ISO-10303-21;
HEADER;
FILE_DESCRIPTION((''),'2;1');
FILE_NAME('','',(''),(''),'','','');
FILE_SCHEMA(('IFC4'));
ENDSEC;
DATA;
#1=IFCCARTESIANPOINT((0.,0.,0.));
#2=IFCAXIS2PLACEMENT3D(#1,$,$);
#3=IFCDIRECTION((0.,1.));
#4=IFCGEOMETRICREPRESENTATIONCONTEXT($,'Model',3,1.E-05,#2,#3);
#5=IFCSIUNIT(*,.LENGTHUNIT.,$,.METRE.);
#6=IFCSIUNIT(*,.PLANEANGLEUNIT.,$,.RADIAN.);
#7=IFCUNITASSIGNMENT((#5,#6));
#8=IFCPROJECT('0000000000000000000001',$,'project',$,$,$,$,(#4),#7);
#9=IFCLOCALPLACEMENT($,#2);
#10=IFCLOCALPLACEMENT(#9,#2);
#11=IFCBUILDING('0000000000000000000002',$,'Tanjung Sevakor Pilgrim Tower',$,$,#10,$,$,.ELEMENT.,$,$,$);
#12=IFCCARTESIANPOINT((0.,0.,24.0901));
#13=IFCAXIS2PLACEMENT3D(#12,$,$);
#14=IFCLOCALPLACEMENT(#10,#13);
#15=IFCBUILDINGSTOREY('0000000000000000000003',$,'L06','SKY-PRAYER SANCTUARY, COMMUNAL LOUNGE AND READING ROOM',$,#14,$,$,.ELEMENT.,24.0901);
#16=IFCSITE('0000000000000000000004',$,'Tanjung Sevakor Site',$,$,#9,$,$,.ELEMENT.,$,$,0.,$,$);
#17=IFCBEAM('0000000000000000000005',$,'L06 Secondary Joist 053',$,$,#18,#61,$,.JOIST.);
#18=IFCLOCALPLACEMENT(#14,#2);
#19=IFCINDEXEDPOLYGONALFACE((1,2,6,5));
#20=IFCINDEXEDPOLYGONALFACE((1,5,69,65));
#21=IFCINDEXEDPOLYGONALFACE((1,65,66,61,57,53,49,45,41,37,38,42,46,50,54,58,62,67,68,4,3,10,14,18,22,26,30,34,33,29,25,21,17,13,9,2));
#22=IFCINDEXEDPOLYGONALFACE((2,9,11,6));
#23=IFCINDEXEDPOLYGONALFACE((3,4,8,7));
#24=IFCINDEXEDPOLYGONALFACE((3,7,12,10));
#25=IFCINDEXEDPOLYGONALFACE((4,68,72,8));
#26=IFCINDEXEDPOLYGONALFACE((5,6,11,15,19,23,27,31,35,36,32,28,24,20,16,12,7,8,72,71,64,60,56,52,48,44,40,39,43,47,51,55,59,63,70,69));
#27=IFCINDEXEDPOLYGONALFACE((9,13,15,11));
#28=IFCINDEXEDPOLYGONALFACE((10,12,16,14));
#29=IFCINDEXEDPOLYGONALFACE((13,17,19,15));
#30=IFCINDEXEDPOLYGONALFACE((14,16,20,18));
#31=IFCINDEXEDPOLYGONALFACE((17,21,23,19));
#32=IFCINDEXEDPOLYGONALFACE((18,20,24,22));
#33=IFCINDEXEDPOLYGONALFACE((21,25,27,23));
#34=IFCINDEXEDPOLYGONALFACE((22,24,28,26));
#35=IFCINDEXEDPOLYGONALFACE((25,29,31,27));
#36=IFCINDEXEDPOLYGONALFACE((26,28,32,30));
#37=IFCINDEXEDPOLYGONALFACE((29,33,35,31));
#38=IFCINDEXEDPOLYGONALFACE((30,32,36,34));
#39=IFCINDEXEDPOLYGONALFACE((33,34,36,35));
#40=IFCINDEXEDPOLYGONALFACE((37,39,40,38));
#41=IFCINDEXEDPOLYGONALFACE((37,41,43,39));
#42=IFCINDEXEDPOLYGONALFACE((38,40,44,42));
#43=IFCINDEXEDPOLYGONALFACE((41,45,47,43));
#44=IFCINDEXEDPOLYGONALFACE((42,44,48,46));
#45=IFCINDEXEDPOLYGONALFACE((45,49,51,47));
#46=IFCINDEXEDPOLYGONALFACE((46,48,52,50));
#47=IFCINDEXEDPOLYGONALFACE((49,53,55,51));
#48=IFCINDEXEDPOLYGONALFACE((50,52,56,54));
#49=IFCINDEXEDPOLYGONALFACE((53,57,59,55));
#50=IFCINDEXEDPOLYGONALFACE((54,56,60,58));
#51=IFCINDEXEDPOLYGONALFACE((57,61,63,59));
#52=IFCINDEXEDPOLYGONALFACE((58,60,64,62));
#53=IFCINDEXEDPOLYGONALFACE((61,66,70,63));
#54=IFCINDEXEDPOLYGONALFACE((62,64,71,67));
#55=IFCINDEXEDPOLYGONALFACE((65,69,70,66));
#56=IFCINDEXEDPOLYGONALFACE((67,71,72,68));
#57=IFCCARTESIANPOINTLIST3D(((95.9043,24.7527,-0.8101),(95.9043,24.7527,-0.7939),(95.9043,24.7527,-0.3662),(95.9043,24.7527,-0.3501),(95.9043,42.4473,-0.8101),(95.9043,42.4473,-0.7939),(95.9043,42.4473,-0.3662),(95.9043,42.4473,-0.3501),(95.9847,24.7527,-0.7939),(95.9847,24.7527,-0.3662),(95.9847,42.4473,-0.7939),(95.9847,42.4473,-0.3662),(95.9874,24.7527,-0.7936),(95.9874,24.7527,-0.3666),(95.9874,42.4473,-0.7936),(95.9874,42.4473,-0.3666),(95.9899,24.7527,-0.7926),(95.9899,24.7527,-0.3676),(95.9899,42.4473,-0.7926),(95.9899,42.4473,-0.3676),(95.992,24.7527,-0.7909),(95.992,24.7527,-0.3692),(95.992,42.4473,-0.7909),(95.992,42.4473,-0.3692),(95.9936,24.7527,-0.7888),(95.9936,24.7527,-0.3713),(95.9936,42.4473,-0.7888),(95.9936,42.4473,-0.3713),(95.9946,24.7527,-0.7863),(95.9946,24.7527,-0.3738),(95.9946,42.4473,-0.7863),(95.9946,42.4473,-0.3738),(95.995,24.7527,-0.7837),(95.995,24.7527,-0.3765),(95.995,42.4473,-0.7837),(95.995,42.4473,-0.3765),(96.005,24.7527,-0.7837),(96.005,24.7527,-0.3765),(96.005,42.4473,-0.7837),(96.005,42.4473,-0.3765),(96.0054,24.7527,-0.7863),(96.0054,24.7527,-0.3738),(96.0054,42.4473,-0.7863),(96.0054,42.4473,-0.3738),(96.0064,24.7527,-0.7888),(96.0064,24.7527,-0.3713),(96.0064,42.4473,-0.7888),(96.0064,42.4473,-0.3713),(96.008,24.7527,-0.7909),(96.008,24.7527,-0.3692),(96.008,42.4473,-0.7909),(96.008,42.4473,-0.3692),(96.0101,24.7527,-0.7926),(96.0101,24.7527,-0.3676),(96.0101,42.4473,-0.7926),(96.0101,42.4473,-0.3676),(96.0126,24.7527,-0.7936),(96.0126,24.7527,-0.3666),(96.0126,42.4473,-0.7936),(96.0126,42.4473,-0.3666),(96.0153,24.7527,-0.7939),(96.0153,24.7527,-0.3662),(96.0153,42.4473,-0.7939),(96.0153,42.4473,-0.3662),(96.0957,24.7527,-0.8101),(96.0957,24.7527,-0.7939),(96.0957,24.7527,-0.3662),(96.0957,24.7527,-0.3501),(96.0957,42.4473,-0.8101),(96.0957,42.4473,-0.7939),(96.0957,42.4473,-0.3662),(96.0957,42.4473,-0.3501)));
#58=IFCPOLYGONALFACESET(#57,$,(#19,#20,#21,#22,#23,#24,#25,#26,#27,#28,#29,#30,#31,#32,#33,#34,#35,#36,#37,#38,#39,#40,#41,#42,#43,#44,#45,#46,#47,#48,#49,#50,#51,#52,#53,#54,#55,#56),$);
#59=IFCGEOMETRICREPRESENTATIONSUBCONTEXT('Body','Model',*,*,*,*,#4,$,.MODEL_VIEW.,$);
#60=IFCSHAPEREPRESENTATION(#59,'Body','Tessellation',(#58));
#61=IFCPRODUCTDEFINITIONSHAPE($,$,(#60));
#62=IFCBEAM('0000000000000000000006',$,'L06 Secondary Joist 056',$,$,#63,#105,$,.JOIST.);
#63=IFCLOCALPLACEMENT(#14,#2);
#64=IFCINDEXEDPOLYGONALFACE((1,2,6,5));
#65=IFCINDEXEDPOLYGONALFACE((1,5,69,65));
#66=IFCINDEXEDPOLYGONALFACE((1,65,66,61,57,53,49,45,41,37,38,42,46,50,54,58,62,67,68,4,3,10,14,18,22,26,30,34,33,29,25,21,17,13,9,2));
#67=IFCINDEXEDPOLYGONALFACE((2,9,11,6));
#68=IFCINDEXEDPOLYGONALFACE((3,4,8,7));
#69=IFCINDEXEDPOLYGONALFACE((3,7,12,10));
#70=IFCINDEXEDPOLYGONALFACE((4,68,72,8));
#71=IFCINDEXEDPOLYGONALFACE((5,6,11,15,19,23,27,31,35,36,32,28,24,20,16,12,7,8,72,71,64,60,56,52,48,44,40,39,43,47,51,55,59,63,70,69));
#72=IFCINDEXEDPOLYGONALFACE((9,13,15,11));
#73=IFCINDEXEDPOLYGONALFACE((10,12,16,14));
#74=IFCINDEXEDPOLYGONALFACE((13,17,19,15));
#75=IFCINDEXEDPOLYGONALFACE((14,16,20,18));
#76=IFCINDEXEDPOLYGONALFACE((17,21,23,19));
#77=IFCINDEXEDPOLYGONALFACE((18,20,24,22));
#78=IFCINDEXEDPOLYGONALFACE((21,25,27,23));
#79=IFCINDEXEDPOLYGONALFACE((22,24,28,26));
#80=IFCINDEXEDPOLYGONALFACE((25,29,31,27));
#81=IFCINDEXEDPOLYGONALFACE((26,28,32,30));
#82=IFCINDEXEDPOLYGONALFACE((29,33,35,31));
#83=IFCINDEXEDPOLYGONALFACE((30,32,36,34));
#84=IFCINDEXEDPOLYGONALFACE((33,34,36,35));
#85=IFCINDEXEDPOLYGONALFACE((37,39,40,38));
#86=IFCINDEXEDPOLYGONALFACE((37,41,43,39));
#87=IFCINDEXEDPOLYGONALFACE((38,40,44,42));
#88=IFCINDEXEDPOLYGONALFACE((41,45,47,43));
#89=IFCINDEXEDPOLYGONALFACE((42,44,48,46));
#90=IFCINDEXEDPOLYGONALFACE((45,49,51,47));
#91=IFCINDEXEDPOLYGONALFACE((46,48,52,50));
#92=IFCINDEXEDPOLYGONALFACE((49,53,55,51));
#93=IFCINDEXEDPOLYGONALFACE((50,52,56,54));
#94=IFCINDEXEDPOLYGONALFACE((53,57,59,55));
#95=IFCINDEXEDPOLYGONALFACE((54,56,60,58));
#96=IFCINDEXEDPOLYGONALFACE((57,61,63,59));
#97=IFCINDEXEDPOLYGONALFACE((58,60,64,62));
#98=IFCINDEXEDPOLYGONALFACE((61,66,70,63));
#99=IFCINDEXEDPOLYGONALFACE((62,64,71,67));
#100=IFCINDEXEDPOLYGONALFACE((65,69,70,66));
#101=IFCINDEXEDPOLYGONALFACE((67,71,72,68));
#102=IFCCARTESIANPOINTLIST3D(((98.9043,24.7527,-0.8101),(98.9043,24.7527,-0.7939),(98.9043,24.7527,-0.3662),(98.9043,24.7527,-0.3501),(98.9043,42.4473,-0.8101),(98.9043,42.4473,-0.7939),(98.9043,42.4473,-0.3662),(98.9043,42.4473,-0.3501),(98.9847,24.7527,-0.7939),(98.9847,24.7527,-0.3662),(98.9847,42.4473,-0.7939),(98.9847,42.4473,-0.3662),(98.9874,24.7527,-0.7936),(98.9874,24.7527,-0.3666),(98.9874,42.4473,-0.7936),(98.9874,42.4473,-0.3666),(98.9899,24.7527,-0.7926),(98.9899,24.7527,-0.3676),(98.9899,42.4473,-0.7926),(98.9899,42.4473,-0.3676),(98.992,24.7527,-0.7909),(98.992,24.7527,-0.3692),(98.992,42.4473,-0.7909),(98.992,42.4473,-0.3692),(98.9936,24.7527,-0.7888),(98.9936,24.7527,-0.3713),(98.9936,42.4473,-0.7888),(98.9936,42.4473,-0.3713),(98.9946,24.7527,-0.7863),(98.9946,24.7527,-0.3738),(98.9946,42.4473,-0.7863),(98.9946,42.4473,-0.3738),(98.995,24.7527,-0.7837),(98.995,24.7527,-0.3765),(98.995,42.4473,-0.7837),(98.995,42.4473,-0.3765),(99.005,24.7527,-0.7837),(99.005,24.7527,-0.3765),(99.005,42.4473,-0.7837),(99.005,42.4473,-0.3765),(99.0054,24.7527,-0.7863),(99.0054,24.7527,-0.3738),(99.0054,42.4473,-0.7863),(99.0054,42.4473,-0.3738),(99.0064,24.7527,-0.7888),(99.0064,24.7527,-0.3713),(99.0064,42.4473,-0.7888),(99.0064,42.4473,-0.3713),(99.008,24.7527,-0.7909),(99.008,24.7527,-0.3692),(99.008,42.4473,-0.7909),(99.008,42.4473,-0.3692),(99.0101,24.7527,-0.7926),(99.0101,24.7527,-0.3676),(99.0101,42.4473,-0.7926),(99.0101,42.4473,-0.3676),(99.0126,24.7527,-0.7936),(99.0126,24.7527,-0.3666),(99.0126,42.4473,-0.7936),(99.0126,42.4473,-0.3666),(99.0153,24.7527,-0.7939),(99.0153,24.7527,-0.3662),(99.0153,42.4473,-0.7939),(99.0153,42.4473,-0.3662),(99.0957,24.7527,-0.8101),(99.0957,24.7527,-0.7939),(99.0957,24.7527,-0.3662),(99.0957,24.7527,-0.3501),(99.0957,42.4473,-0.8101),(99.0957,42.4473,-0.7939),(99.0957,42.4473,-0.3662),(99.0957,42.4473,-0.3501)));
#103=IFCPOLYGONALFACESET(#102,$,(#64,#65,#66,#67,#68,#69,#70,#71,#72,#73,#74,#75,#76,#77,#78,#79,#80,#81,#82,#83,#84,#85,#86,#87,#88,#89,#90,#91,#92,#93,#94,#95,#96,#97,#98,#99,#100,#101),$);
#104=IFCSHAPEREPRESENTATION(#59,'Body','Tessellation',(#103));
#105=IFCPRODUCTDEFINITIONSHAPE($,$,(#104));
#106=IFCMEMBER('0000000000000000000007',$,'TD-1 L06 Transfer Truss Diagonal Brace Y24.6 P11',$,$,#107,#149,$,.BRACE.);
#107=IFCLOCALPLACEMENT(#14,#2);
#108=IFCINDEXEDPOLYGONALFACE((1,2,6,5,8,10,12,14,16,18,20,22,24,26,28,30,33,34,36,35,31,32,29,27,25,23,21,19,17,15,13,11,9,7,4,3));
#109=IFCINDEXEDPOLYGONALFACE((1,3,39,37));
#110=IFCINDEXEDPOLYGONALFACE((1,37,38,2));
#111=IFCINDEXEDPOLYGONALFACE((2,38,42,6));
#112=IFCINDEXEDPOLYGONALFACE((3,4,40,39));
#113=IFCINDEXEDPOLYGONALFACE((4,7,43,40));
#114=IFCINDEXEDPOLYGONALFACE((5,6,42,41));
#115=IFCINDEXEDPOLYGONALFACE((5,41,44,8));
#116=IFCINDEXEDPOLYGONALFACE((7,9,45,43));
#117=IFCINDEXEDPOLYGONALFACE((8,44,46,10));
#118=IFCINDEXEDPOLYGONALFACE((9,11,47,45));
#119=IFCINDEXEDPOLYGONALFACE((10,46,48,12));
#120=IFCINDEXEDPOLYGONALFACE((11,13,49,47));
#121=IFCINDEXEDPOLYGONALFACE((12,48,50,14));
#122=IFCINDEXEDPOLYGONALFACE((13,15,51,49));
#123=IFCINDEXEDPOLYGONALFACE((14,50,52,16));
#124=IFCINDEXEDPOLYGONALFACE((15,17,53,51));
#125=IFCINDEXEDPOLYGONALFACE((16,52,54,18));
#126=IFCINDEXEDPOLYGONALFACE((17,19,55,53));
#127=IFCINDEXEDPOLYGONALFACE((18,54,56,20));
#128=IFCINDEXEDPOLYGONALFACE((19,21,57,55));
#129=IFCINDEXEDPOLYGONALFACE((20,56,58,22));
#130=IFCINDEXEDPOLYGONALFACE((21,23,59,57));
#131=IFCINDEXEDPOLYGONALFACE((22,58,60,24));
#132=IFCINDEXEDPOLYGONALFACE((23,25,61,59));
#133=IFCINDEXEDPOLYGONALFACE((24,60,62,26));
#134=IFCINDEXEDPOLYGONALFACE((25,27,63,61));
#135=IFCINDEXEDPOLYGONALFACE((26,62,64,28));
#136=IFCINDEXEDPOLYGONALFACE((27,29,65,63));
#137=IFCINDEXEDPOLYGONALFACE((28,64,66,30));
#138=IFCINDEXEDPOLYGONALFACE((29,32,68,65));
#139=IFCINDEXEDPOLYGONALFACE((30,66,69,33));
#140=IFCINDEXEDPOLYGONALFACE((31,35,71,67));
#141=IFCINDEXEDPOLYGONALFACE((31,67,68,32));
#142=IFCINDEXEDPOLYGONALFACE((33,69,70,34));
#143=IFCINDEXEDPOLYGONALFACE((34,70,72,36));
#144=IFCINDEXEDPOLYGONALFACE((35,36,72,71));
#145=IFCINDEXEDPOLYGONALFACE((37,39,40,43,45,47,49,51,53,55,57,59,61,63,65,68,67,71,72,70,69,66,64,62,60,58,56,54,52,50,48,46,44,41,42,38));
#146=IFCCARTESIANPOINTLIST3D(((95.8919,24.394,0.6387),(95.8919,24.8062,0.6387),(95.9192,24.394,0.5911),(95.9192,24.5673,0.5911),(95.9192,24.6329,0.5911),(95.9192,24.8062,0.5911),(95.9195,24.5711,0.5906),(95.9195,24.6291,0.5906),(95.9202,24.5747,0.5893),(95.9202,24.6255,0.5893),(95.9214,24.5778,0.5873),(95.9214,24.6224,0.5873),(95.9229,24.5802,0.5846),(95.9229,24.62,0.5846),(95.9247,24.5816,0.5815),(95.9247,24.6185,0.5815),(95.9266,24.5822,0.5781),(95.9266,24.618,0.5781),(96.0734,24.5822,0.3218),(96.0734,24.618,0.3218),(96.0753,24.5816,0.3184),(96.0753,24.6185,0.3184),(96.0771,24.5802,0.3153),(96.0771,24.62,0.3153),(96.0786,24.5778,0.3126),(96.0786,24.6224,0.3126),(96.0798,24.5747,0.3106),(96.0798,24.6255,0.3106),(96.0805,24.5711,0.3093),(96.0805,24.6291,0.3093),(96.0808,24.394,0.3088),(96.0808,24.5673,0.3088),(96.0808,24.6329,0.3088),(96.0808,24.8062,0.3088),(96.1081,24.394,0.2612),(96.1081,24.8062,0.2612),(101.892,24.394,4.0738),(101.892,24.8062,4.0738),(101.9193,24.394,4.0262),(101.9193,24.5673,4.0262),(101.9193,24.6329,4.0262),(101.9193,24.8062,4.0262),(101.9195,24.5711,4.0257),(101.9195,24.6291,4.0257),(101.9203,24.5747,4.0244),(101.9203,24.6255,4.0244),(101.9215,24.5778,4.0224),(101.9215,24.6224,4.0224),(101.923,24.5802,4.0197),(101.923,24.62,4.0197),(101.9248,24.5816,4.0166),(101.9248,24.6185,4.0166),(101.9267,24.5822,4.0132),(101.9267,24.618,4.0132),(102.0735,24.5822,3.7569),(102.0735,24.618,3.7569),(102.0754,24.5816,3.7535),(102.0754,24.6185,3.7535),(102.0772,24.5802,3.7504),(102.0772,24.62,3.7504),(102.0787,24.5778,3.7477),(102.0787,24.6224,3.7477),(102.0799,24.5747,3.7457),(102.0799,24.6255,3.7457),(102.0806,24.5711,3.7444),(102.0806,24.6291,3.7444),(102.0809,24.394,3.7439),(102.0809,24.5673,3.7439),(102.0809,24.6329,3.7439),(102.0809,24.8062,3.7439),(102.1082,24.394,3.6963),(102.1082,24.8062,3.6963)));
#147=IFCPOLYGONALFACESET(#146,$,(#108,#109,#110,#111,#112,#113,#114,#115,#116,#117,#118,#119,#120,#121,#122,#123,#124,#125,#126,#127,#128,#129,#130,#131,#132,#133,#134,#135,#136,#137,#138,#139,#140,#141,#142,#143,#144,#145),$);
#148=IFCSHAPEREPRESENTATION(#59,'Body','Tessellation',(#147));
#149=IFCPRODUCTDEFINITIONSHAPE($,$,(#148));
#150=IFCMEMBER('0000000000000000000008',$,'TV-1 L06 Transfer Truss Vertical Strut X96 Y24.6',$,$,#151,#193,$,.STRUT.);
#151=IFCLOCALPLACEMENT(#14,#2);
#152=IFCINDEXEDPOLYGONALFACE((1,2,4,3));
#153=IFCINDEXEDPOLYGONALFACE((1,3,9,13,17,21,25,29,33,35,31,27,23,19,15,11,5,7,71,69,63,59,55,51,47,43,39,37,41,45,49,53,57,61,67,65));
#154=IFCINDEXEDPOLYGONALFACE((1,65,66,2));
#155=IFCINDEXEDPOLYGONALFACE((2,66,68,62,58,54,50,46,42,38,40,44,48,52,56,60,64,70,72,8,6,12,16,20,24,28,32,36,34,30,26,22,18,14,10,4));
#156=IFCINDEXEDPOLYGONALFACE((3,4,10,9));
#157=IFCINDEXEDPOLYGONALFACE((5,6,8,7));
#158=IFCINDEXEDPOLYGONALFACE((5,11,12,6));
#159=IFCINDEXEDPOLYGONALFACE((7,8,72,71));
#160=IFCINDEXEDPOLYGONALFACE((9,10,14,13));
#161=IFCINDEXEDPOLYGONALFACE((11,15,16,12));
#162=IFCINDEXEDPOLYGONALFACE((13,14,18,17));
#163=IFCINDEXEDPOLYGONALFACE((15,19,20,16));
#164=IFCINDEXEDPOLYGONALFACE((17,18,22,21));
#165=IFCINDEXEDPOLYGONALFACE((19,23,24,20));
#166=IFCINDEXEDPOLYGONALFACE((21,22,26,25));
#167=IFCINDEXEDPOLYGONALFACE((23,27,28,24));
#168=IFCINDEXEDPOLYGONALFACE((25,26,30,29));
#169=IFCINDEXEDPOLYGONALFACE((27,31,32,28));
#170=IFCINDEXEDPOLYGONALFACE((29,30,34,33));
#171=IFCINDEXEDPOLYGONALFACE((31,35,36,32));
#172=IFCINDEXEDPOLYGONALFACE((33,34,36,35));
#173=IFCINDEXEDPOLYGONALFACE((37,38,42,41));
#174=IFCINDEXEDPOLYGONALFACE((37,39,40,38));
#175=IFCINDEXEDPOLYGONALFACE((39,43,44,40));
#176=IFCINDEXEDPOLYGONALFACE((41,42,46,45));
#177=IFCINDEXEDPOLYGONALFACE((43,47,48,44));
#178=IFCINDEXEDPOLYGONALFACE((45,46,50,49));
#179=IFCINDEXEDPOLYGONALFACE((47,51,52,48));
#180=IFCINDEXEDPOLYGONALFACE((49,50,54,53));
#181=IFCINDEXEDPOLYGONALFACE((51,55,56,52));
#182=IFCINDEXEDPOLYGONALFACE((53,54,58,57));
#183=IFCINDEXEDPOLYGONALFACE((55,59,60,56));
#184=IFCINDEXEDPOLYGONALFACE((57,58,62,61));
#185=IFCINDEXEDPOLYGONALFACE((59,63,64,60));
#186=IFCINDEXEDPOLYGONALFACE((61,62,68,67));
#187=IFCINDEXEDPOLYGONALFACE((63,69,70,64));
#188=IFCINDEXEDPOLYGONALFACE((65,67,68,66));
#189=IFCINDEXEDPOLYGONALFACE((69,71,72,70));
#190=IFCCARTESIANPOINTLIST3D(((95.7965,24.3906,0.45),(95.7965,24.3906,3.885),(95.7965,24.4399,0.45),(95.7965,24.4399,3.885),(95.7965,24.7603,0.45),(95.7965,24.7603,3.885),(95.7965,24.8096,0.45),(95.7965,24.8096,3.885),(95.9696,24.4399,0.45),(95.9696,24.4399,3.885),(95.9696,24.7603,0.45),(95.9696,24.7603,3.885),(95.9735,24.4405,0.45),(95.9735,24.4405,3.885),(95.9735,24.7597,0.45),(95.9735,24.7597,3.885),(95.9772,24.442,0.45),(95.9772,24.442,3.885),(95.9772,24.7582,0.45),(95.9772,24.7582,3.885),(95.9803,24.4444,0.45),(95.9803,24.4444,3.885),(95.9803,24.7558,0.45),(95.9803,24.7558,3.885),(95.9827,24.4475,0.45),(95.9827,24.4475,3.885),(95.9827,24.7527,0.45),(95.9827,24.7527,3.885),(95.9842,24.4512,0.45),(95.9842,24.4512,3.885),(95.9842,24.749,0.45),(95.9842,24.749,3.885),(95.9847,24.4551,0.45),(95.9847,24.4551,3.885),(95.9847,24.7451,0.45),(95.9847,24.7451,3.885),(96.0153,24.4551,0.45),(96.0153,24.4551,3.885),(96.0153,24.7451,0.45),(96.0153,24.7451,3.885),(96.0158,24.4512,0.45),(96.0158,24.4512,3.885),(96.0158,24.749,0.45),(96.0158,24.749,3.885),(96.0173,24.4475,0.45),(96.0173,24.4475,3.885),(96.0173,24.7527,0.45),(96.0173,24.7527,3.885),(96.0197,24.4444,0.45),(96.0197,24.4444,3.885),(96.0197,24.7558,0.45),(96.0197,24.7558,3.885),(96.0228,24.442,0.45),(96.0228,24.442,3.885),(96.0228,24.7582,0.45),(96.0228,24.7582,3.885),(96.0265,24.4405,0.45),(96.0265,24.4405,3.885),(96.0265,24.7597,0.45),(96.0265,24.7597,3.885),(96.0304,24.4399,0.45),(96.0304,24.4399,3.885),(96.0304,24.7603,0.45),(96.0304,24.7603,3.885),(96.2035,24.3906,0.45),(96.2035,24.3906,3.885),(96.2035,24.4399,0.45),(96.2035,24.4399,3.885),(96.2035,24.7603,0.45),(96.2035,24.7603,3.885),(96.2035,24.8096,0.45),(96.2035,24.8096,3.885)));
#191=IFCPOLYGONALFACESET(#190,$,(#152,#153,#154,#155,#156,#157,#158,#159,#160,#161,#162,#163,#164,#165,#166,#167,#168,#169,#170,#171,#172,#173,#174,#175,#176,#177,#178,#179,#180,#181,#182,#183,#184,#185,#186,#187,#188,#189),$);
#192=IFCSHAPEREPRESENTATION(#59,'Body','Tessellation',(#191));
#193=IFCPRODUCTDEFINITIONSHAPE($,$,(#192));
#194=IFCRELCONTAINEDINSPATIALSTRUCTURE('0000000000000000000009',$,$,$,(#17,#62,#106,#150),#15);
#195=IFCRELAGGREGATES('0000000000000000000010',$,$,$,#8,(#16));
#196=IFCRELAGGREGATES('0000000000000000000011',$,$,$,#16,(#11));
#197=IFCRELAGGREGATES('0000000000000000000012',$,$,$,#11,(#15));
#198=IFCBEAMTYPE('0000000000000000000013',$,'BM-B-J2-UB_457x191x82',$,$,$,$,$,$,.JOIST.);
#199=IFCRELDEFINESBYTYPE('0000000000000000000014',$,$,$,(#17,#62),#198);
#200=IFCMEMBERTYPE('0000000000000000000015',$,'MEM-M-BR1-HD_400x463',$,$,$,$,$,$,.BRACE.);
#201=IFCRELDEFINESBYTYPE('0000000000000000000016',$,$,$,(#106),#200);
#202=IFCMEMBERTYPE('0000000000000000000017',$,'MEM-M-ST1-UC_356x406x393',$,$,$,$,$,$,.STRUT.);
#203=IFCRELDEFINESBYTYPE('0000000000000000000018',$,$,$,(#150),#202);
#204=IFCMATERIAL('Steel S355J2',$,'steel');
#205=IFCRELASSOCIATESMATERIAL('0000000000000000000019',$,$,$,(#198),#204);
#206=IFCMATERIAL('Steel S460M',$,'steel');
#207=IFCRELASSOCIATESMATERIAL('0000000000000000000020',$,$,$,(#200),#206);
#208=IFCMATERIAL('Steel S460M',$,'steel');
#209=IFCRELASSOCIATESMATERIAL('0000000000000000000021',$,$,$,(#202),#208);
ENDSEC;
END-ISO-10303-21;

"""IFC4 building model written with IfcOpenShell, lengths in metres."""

from ifc_helpers import new_model, si_unit, direction, frame, origin, origin_2d, place, context, subcontext, project, spatial, i_section, extrude, material, material_profile, profile_set, type_object, element, save


model = new_model("IFC4")

# Units and contexts
model_context = context("Model", 3, precision=1e-05, world=origin(), true_north=direction((0.0, 1.0)))
body_context = subcontext(model_context, "Body", "Model", "MODEL_VIEW")
ifc_project = project(units=[si_unit("LENGTHUNIT", "METRE"), si_unit("PLANEANGLEUNIT", "RADIAN")], contexts=[model_context])

# Site, building, storey
site_placement = place(None, origin())
site = spatial("IfcSite", under=ifc_project, at=site_placement, Name="Tanjung Sevakor Site", CompositionType="ELEMENT", RefElevation=0.0)
building_placement = place(site_placement, origin())
building = spatial("IfcBuilding", under=site, at=building_placement, Name="Tanjung Sevakor Pilgrim Tower", CompositionType="ELEMENT")
storey_placement = place(building_placement, frame((0.0, 0.0, 24.0901)))
storey = spatial("IfcBuildingStorey", under=building, at=storey_placement, Name="L06", Description="SKY-PRAYER SANCTUARY, COMMUNAL LOUNGE AND READING ROOM", CompositionType="ELEMENT", Elevation=24.0901)

# Beams
ifc_material_1 = material(Name="Steel S355J2", Category="steel")
ifc_material_profile_1 = material_profile(ifc_material_1, i_section(OverallWidth=0.1914, OverallDepth=0.46, WebThickness=0.01, FlangeThickness=0.0161, FilletRadius=0.0103, at=origin_2d()))
ifc_profile_set_1 = profile_set([ifc_material_profile_1], Name="Steel S355J2")
beam_type_1 = type_object("IfcBeamType", Name="BM-B-J2-UB_457x191x82", PredefinedType="JOIST", material=ifc_profile_set_1)
for number, where, z_axis, x_axis, name in (
    (1, (96.0, 24.7527, -0.5801), (0.0, 1.0, 0.0), (-1.0, 0.0, 0.0), "L06 Secondary Joist 053"),
    (2, (99.0, 24.7527, -0.5801), (0.0, 1.0, 0.0), (-1.0, 0.0, 0.0), "L06 Secondary Joist 056"),
):
    element("IfcBeam", number, at=place(storey_placement, frame(where, z_axis=z_axis, x_axis=x_axis)), inside=storey, type_object=beam_type_1, Name=name, PredefinedType="JOIST", context=body_context, shape_type="SweptSolid", body=[
        extrude(i_section(OverallWidth=0.1914, OverallDepth=0.46, WebThickness=0.01, FlangeThickness=0.0161, FilletRadius=0.0103, at=origin_2d()), origin(), (0.0, 0.0, 1.0), 17.6946),
    ])

# Members
ifc_material_2 = material(Name="Steel S460M", Category="steel")
ifc_material_profile_2 = material_profile(ifc_material_2, i_section(OverallWidth=0.4121, OverallDepth=0.4351, WebThickness=0.0359, FlangeThickness=0.0549, FilletRadius=0.0149, at=origin_2d()))
ifc_profile_set_2 = profile_set([ifc_material_profile_2], Name="Steel S460M")
member_type_1 = type_object("IfcMemberType", Name="MEM-M-BR1-HD_400x463", PredefinedType="BRACE", material=ifc_profile_set_2)
member_1_placement = place(storey_placement, frame((96.0, 24.6001, 0.45), z_axis=(0.867839, 0.0, 0.496846), x_axis=(0.0, 1.0, 0.0)))
element("IfcMember", 3, at=member_1_placement, inside=storey, type_object=member_type_1, Name="TD-1 L06 Transfer Truss Diagonal Brace Y24.6 P11", PredefinedType="BRACE", context=body_context, shape_type="SweptSolid", body=[
    extrude(i_section(OverallWidth=0.4121, OverallDepth=0.4351, WebThickness=0.0359, FlangeThickness=0.0549, FilletRadius=0.0149, at=origin_2d()), origin(), (0.0, 0.0, 1.0), 6.9138),
])
ifc_material_3 = material(Name="Steel S460M", Category="steel")
ifc_material_profile_3 = material_profile(ifc_material_3, i_section(OverallWidth=0.407, OverallDepth=0.4189, WebThickness=0.0305, FlangeThickness=0.0493, FilletRadius=0.0151, at=origin_2d()))
ifc_profile_set_3 = profile_set([ifc_material_profile_3], Name="Steel S460M")
member_type_2 = type_object("IfcMemberType", Name="MEM-M-ST1-UC_356x406x393", PredefinedType="STRUT", material=ifc_profile_set_3)
member_2_placement = place(storey_placement, frame((96.0, 24.6001, 0.45), z_axis=(0.0, 0.0, 1.0), x_axis=(1.0, 0.0, 0.0)))
element("IfcMember", 4, at=member_2_placement, inside=storey, type_object=member_type_2, Name="TV-1 L06 Transfer Truss Vertical Strut X96 Y24.6", PredefinedType="STRUT", context=body_context, shape_type="SweptSolid", body=[
    extrude(i_section(OverallWidth=0.407, OverallDepth=0.4189, WebThickness=0.0305, FlangeThickness=0.0493, FilletRadius=0.0151, at=origin_2d()), origin(), (0.0, 0.0, 1.0), 3.4351),
])

save(model, "model.ifc")
